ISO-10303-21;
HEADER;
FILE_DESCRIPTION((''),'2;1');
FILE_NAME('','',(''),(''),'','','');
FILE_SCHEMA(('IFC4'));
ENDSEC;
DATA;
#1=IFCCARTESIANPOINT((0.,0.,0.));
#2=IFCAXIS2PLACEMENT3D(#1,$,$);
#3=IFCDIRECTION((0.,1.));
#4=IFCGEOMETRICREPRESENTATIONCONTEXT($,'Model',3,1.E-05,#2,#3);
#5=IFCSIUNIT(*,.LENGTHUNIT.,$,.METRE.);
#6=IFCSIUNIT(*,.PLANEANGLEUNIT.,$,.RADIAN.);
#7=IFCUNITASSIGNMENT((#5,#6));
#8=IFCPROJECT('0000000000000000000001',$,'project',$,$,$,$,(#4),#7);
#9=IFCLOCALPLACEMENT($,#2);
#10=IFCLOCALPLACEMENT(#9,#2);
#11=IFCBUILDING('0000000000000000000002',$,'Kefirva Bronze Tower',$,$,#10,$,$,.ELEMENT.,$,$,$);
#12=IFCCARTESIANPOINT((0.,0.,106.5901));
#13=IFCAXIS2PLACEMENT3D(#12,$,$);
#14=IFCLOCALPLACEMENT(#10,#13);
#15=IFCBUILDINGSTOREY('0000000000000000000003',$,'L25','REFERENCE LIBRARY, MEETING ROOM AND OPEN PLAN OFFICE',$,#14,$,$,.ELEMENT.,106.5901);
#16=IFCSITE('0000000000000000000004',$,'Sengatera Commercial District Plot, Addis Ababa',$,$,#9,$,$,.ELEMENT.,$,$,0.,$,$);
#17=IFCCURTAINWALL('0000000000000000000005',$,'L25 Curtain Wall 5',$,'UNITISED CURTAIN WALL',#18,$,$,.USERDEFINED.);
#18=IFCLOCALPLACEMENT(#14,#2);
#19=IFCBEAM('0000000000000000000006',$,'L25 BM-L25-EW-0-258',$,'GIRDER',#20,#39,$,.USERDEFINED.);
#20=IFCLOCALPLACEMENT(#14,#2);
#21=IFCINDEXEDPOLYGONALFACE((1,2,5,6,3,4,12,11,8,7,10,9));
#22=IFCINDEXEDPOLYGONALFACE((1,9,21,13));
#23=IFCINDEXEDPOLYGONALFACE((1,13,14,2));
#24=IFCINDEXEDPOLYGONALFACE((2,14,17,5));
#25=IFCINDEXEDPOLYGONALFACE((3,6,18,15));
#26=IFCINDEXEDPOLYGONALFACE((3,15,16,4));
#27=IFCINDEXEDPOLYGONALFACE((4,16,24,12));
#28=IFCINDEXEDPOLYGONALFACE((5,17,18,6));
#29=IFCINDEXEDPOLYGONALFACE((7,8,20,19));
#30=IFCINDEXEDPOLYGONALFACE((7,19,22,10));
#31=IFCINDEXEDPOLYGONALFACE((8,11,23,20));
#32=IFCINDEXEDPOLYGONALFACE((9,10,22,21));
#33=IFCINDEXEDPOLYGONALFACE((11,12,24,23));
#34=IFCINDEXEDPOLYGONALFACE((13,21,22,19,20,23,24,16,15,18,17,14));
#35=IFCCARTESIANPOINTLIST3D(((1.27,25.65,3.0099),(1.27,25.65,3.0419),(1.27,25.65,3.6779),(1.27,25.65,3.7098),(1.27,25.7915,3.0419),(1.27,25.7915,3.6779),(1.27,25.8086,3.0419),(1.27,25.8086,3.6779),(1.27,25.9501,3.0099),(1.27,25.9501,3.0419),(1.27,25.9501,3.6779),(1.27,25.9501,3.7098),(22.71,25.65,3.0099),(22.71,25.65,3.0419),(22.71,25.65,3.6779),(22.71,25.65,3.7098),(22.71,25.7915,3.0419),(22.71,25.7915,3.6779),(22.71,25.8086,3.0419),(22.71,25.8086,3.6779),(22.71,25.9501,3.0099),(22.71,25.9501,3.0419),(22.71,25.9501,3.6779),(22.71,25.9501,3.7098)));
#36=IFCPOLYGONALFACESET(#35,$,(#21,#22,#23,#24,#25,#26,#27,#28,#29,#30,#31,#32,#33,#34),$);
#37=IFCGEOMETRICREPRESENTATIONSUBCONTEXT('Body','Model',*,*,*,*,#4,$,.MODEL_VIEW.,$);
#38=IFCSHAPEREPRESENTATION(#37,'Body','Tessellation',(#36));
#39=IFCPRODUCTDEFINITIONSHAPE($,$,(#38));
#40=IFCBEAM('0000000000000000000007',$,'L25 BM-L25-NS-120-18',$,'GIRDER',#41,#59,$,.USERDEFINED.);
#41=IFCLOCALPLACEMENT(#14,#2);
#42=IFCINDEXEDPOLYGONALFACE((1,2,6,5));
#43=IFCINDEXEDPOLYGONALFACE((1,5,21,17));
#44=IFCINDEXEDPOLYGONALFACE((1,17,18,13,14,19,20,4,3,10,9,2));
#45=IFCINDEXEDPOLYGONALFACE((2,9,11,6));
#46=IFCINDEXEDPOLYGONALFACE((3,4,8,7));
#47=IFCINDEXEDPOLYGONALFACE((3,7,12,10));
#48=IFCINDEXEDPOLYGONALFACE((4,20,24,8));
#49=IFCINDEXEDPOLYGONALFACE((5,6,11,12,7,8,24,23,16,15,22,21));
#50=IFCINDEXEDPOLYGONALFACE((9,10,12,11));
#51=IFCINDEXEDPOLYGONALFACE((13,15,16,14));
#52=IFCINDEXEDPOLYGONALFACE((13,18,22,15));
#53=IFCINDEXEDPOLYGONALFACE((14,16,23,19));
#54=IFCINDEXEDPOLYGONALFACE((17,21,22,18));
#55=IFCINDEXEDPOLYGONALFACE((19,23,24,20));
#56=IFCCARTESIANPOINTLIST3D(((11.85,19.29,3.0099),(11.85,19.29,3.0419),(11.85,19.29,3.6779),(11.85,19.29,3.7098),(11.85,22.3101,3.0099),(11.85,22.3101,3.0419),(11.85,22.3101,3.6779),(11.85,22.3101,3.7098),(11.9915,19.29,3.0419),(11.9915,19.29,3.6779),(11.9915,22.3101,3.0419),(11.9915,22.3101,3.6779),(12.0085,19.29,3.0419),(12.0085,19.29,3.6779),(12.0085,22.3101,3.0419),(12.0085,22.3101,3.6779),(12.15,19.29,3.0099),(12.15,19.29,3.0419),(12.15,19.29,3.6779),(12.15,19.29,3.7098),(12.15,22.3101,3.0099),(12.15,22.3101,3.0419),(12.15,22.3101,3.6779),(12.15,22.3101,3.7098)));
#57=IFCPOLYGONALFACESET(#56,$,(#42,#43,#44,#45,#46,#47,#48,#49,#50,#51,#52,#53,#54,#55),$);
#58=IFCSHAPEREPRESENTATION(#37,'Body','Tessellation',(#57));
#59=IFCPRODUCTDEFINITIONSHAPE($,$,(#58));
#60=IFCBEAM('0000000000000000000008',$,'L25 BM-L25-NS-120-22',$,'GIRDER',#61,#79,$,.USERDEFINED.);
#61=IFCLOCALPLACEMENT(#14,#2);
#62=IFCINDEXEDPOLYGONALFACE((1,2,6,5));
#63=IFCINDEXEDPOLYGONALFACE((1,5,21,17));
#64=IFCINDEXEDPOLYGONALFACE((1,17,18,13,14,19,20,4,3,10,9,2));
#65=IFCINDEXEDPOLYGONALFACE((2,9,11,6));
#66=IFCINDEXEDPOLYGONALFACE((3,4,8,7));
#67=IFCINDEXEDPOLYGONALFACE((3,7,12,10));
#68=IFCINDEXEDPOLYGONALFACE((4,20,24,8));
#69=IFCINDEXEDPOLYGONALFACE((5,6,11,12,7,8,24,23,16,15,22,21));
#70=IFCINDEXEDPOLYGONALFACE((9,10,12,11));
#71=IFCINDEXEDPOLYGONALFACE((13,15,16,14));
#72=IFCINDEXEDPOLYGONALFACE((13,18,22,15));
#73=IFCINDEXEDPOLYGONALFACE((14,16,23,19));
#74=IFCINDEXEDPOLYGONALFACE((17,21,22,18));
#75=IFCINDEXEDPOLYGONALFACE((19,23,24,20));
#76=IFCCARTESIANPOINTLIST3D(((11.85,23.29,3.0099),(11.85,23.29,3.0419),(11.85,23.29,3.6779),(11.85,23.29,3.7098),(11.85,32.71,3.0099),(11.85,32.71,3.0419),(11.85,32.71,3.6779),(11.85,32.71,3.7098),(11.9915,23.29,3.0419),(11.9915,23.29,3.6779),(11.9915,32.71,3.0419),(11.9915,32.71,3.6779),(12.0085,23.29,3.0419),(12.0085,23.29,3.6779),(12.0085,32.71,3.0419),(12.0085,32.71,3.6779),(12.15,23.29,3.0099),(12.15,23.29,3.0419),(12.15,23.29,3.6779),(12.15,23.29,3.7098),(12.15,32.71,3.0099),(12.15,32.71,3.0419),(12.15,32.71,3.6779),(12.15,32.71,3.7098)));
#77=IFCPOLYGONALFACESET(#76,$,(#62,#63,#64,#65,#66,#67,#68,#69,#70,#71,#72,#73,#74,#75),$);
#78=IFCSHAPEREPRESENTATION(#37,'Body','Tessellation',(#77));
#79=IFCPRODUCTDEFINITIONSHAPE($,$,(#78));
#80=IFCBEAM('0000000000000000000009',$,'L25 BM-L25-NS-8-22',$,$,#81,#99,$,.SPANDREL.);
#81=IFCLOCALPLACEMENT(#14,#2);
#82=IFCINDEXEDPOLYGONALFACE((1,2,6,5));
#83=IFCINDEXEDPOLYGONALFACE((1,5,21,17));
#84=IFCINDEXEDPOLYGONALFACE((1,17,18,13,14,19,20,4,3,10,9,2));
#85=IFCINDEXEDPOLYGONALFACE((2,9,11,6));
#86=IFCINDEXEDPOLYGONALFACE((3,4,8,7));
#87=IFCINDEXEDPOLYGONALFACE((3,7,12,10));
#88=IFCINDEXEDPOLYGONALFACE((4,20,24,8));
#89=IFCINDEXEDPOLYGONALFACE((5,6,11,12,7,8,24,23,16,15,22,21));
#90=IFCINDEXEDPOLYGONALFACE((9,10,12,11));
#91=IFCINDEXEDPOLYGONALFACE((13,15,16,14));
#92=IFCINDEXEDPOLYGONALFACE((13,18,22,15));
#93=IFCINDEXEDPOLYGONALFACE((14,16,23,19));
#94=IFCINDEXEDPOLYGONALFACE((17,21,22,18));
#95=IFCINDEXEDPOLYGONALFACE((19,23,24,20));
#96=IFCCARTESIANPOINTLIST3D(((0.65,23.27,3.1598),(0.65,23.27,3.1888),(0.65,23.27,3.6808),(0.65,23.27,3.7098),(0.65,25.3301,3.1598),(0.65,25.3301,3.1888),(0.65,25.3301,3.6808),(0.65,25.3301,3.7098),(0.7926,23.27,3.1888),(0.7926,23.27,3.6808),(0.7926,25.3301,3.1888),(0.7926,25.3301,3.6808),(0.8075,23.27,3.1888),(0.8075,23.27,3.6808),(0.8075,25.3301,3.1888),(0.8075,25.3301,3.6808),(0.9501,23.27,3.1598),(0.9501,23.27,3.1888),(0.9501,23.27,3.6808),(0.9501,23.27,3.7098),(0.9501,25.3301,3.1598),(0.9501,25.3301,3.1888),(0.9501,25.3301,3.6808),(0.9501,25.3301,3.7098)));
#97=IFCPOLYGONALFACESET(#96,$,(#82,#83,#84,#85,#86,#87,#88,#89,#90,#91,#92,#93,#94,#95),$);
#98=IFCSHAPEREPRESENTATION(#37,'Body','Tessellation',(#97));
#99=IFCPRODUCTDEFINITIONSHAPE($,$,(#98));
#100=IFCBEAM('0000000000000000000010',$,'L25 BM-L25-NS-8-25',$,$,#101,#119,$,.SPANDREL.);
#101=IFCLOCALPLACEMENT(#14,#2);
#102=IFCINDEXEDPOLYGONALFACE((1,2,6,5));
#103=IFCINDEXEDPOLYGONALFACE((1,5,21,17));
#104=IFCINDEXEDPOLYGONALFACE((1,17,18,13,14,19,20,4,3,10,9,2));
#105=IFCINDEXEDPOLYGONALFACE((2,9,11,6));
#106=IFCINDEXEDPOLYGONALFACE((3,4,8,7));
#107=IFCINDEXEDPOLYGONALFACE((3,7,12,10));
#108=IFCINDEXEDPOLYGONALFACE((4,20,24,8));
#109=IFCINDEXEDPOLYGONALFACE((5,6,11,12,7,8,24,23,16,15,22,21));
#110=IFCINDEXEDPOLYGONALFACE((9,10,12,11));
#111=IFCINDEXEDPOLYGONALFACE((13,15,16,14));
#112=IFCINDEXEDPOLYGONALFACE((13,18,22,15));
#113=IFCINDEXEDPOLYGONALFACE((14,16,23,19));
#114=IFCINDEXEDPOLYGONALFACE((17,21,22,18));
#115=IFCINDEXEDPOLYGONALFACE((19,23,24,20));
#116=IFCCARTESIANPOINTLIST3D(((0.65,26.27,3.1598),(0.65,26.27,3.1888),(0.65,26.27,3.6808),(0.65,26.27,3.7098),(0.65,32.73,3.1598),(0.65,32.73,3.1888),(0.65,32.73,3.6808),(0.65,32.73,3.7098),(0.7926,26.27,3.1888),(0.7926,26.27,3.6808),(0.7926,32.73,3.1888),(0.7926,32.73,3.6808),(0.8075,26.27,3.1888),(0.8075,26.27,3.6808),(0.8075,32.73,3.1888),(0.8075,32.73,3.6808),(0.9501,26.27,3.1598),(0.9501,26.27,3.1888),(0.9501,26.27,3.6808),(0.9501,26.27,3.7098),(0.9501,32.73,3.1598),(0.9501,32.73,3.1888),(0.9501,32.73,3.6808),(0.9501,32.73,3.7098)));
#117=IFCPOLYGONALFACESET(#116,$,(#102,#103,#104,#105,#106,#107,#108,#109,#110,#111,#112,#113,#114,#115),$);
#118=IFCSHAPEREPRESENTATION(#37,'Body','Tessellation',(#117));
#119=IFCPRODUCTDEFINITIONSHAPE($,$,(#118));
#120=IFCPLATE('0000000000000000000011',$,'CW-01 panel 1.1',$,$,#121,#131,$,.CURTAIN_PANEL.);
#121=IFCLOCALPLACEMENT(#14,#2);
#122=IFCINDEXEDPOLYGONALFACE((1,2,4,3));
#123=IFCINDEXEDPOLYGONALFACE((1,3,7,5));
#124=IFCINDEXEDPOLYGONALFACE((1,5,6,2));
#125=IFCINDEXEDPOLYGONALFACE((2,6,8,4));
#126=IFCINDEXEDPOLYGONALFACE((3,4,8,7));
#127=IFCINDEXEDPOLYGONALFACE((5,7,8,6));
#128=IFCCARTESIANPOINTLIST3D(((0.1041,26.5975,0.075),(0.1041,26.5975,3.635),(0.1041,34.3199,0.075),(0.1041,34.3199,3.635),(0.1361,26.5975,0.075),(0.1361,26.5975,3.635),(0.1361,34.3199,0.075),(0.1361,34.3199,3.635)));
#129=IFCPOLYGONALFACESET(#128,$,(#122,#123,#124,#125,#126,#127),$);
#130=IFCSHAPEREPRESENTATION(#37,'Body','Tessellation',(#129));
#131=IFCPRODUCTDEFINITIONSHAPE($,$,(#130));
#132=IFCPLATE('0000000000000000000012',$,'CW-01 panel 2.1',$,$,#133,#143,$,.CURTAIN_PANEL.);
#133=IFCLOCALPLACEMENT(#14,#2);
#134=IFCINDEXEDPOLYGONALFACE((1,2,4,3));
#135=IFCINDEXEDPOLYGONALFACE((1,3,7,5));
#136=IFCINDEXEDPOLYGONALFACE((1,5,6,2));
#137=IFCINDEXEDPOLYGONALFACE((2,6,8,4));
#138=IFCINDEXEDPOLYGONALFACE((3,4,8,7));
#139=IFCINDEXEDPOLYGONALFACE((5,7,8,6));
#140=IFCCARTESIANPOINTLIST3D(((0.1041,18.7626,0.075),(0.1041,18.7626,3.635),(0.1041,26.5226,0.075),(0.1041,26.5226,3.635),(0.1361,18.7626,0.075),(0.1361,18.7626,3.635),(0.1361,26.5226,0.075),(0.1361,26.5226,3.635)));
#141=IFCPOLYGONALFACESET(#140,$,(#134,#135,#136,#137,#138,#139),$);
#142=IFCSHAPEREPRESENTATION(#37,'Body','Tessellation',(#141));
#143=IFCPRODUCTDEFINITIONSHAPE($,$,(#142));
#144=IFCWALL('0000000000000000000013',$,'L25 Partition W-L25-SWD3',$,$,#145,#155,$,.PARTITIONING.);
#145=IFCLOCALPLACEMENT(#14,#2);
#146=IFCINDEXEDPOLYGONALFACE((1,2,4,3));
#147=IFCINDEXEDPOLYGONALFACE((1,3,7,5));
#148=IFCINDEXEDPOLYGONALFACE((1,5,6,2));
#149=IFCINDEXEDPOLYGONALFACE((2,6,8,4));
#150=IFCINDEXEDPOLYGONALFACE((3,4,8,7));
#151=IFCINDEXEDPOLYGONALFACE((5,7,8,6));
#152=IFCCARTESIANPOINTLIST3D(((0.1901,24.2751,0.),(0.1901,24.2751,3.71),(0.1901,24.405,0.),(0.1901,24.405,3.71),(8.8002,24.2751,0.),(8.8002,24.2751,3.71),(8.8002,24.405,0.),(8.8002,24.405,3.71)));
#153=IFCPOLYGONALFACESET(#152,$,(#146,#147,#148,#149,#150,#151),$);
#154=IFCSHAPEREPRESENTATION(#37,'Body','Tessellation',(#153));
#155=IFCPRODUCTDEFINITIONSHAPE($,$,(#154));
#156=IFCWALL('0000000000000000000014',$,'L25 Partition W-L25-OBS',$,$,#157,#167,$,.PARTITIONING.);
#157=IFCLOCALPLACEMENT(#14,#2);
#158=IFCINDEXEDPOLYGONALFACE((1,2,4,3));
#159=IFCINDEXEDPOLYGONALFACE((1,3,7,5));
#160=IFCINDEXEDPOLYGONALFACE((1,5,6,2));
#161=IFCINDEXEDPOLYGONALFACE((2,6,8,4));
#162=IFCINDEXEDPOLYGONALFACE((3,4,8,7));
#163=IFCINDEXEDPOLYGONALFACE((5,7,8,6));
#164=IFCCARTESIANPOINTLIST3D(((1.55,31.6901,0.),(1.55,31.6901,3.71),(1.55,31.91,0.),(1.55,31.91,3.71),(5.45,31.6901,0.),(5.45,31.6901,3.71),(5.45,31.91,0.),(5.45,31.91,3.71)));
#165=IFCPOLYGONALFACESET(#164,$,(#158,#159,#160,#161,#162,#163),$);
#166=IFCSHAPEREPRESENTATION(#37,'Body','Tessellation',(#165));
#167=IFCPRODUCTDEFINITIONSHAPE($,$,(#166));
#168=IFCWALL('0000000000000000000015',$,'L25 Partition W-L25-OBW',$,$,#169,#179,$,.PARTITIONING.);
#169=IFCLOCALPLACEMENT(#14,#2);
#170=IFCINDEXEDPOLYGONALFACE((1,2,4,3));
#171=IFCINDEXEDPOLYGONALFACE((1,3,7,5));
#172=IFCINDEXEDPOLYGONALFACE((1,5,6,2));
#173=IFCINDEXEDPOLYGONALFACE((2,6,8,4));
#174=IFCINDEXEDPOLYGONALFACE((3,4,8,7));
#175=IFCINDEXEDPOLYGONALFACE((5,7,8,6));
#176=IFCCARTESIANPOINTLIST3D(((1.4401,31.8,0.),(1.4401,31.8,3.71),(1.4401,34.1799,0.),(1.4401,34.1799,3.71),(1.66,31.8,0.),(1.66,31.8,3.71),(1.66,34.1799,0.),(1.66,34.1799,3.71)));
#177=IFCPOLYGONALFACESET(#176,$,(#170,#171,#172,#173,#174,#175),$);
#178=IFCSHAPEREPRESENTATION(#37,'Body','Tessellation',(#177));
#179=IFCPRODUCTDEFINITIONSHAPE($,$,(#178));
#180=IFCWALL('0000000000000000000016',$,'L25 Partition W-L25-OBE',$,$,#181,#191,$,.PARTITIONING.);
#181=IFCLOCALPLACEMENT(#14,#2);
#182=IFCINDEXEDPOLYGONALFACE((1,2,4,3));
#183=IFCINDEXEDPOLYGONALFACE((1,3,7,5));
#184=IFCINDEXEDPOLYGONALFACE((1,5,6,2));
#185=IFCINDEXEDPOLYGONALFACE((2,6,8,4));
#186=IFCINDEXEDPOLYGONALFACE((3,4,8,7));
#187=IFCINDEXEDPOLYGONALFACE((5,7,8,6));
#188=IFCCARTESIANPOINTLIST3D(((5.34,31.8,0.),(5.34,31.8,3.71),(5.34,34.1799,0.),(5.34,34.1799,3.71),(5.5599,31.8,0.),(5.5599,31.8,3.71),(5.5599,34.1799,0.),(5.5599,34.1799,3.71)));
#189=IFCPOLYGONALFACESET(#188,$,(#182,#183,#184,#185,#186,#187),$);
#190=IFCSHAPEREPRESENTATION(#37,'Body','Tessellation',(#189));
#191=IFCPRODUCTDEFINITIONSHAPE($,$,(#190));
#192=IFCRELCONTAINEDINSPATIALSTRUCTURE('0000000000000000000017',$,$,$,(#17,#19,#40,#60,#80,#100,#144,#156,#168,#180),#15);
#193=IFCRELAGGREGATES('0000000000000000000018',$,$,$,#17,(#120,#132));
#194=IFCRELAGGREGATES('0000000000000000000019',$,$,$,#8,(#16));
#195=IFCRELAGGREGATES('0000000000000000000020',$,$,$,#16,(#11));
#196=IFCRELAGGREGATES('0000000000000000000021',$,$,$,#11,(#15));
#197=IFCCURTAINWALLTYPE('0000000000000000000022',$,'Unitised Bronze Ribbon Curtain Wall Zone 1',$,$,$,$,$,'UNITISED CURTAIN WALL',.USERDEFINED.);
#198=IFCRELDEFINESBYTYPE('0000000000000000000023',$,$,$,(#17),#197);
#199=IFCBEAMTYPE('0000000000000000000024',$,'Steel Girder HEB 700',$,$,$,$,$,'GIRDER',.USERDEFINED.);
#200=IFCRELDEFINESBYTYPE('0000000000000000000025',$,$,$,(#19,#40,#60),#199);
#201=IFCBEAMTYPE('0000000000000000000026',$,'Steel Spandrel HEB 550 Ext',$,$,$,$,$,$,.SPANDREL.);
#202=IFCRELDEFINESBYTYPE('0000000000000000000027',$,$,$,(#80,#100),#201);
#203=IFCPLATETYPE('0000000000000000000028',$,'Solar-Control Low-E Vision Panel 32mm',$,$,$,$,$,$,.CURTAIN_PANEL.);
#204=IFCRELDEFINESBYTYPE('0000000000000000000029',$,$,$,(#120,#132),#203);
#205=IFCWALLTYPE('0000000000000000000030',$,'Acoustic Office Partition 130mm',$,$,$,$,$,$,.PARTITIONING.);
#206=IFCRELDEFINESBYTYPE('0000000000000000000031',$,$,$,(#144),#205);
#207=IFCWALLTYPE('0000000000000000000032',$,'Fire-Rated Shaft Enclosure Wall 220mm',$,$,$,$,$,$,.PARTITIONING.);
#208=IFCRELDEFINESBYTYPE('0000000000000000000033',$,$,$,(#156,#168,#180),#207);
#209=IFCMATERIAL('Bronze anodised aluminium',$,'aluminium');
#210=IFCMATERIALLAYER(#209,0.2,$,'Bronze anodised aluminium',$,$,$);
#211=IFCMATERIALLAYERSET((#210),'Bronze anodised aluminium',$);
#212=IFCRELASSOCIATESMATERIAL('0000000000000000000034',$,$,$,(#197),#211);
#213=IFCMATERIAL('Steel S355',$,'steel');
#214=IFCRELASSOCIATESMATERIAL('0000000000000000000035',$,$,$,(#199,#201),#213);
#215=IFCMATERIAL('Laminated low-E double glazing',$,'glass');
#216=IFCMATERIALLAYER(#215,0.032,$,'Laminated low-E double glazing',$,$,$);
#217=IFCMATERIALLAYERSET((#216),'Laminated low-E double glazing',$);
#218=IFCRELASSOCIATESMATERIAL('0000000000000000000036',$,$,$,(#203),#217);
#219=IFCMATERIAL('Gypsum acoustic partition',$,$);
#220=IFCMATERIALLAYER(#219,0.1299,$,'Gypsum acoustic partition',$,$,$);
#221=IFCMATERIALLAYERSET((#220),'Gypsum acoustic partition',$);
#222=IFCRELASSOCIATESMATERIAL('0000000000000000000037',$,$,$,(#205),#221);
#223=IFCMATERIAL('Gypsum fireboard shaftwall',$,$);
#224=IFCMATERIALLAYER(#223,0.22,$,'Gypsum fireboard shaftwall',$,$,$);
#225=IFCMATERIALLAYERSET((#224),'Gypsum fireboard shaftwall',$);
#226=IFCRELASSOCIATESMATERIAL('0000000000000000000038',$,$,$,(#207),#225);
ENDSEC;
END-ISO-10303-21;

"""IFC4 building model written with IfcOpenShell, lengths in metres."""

from ifc_helpers import new_model, si_unit, direction, frame, frame_2d, origin, origin_2d, place, context, subcontext, project, spatial, rectangle, i_section, extrude, material, layer, layer_set, material_profile, profile_set, type_object, element, aggregate, save


model = new_model("IFC4")

# Units and contexts
model_context = context("Model", 3, precision=1e-05, world=origin(), true_north=direction((0.0, 1.0)))
body_context = subcontext(model_context, "Body", "Model", "MODEL_VIEW")
ifc_project = project(units=[si_unit("LENGTHUNIT", "METRE"), si_unit("PLANEANGLEUNIT", "RADIAN")], contexts=[model_context])

# Site, building, storey
site_placement = place(None, origin())
site = spatial("IfcSite", under=ifc_project, at=site_placement, Name="Sengatera Commercial District Plot, Addis Ababa", CompositionType="ELEMENT", RefElevation=0.0)
building_placement = place(site_placement, origin())
building = spatial("IfcBuilding", under=site, at=building_placement, Name="Kefirva Bronze Tower", CompositionType="ELEMENT")
storey_placement = place(building_placement, frame((0.0, 0.0, 106.5901)))
storey = spatial("IfcBuildingStorey", under=building, at=storey_placement, Name="L25", Description="REFERENCE LIBRARY, MEETING ROOM AND OPEN PLAN OFFICE", CompositionType="ELEMENT", Elevation=106.5901)

# Curtain wall
ifc_material_1 = material(Name="Bronze anodised aluminium", Category="aluminium")
ifc_layer_1 = layer(ifc_material_1, 0.2, Name="Bronze anodised aluminium")
ifc_layer_set_1 = layer_set([ifc_layer_1], Name="Bronze anodised aluminium")
curtain_wall_type = type_object("IfcCurtainWallType", Name="Unitised Bronze Ribbon Curtain Wall Zone 1", ElementType="UNITISED CURTAIN WALL", PredefinedType="USERDEFINED", material=ifc_layer_set_1)
curtain_wall_placement = place(storey_placement, origin())
curtain_wall = element("IfcCurtainWall", 1, at=curtain_wall_placement, inside=storey, type_object=curtain_wall_type, Name="L25 Curtain Wall 5", ObjectType="UNITISED CURTAIN WALL", PredefinedType="USERDEFINED")

# Beams
ifc_material_2 = material(Name="Steel S355", Category="steel")
ifc_material_profile_1 = material_profile(ifc_material_2, i_section(OverallWidth=0.3, OverallDepth=0.7, WebThickness=0.0171, FlangeThickness=0.032, at=origin_2d()), Name="HEB 700")
ifc_profile_set_1 = profile_set([ifc_material_profile_1], Name="Steel S355")
beam_type_1 = type_object("IfcBeamType", Name="Steel Girder HEB 700", ElementType="GIRDER", PredefinedType="USERDEFINED", material=ifc_profile_set_1)
beam_1_placement = place(storey_placement, frame((1.27, 25.8, 3.3599), z_axis=(1.0, 0.0, 0.0), x_axis=(0.0, 1.0, 0.0)))
element("IfcBeam", 2, at=beam_1_placement, inside=storey, type_object=beam_type_1, Name="L25 BM-L25-EW-0-258", ObjectType="GIRDER", PredefinedType="USERDEFINED", context=body_context, shape_type="SweptSolid", body=[
    extrude(i_section(OverallWidth=0.3, OverallDepth=0.7, WebThickness=0.0171, FlangeThickness=0.032, at=origin_2d()), origin(), (0.0, 0.0, 1.0), 21.4399),
])
beam_2_placement = place(storey_placement, frame((12.0, 19.29, 3.3599), z_axis=(0.0, 1.0, 0.0), x_axis=(-1.0, 0.0, 0.0)))
element("IfcBeam", 3, at=beam_2_placement, inside=storey, type_object=beam_type_1, Name="L25 BM-L25-NS-120-18", ObjectType="GIRDER", PredefinedType="USERDEFINED", context=body_context, shape_type="SweptSolid", body=[
    extrude(i_section(OverallWidth=0.3, OverallDepth=0.7, WebThickness=0.0171, FlangeThickness=0.032, at=origin_2d()), origin(), (0.0, 0.0, 1.0), 3.02),
])
beam_3_placement = place(storey_placement, frame((12.0, 23.29, 3.3599), z_axis=(0.0, 1.0, 0.0), x_axis=(-1.0, 0.0, 0.0)))
element("IfcBeam", 4, at=beam_3_placement, inside=storey, type_object=beam_type_1, Name="L25 BM-L25-NS-120-22", ObjectType="GIRDER", PredefinedType="USERDEFINED", context=body_context, shape_type="SweptSolid", body=[
    extrude(i_section(OverallWidth=0.3, OverallDepth=0.7, WebThickness=0.0171, FlangeThickness=0.032, at=origin_2d()), origin(), (0.0, 0.0, 1.0), 9.4199),
])
ifc_material_profile_2 = material_profile(ifc_material_2, i_section(OverallWidth=0.3, OverallDepth=0.55, WebThickness=0.0149, FlangeThickness=0.0291, at=origin_2d()), Name="HEB 550")
ifc_profile_set_2 = profile_set([ifc_material_profile_2], Name="Steel S355")
beam_type_2 = type_object("IfcBeamType", Name="Steel Spandrel HEB 550 Ext", PredefinedType="SPANDREL", material=ifc_profile_set_2)
beam_4_placement = place(storey_placement, frame((0.8, 23.27, 3.4348), z_axis=(0.0, 1.0, 0.0), x_axis=(-1.0, 0.0, 0.0)))
element("IfcBeam", 5, at=beam_4_placement, inside=storey, type_object=beam_type_2, Name="L25 BM-L25-NS-8-22", PredefinedType="SPANDREL", context=body_context, shape_type="SweptSolid", body=[
    extrude(i_section(OverallWidth=0.3, OverallDepth=0.55, WebThickness=0.0149, FlangeThickness=0.0291, at=origin_2d()), origin(), (0.0, 0.0, 1.0), 2.0601),
])
beam_5_placement = place(storey_placement, frame((0.8, 26.27, 3.4348), z_axis=(0.0, 1.0, 0.0), x_axis=(-1.0, 0.0, 0.0)))
element("IfcBeam", 6, at=beam_5_placement, inside=storey, type_object=beam_type_2, Name="L25 BM-L25-NS-8-25", PredefinedType="SPANDREL", context=body_context, shape_type="SweptSolid", body=[
    extrude(i_section(OverallWidth=0.3, OverallDepth=0.55, WebThickness=0.0149, FlangeThickness=0.0291, at=origin_2d()), origin(), (0.0, 0.0, 1.0), 6.46),
])

# Plates
ifc_material_3 = material(Name="Laminated low-E double glazing", Category="glass")
ifc_layer_2 = layer(ifc_material_3, 0.032, Name="Laminated low-E double glazing")
ifc_layer_set_2 = layer_set([ifc_layer_2], Name="Laminated low-E double glazing")
plate_type = type_object("IfcPlateType", Name="Solar-Control Low-E Vision Panel 32mm", PredefinedType="CURTAIN_PANEL", material=ifc_layer_set_2)
plate_1_placement = place(storey_placement, frame((0.1201, 30.4587, 0.075), z_axis=(0.0, 0.0, 1.0), x_axis=(0.0, -1.0, 0.0)))
plate_1 = element("IfcPlate", 7, at=plate_1_placement, type_object=plate_type, Name="CW-01 panel 1.1", PredefinedType="CURTAIN_PANEL", context=body_context, shape_type="SweptSolid", body=[
    extrude(rectangle(XDim=7.7224, YDim=0.032, at=origin_2d()), origin(), (0.0, 0.0, 1.0), 3.5601),
])
plate_2_placement = place(storey_placement, frame((0.1201, 22.6426, 0.075), z_axis=(0.0, 0.0, 1.0), x_axis=(0.0, -1.0, 0.0)))
plate_2 = element("IfcPlate", 8, at=plate_2_placement, type_object=plate_type, Name="CW-01 panel 2.1", PredefinedType="CURTAIN_PANEL", context=body_context, shape_type="SweptSolid", body=[
    extrude(rectangle(XDim=7.76, YDim=0.032, at=origin_2d()), origin(), (0.0, 0.0, 1.0), 3.5601),
])
aggregate(curtain_wall, [plate_1, plate_2])

# Walls
ifc_material_4 = material(Name="Gypsum acoustic partition")
ifc_layer_3 = layer(ifc_material_4, 0.1299, Name="Gypsum acoustic partition")
ifc_layer_set_3 = layer_set([ifc_layer_3], Name="Gypsum acoustic partition")
wall_type_1 = type_object("IfcWallType", Name="Acoustic Office Partition 130mm", PredefinedType="PARTITIONING", material=ifc_layer_set_3)
wall_1_placement = place(storey_placement, frame((0.1899, 24.3401, 0.0), z_axis=(0.0, 0.0, 1.0), x_axis=(1.0, 0.0, 0.0)))
element("IfcWall", 9, at=wall_1_placement, inside=storey, type_object=wall_type_1, Name="L25 Partition W-L25-SWD3", PredefinedType="PARTITIONING", context=body_context, shape_type="SweptSolid", body=[
    extrude(rectangle(XDim=8.6101, YDim=0.1299, at=frame_2d((4.3052, 0.0))), origin(), (0.0, 0.0, 1.0), 3.71),
])
ifc_material_5 = material(Name="Gypsum fireboard shaftwall")
ifc_layer_4 = layer(ifc_material_5, 0.22, Name="Gypsum fireboard shaftwall")
ifc_layer_set_4 = layer_set([ifc_layer_4], Name="Gypsum fireboard shaftwall")
wall_type_2 = type_object("IfcWallType", Name="Fire-Rated Shaft Enclosure Wall 220mm", PredefinedType="PARTITIONING", material=ifc_layer_set_4)
wall_2_placement = place(storey_placement, frame((1.55, 31.8, 0.0), z_axis=(0.0, 0.0, 1.0), x_axis=(1.0, 0.0, 0.0)))
element("IfcWall", 10, at=wall_2_placement, inside=storey, type_object=wall_type_2, Name="L25 Partition W-L25-OBS", PredefinedType="PARTITIONING", context=body_context, shape_type="SweptSolid", body=[
    extrude(rectangle(XDim=3.8999, YDim=0.22, at=frame_2d((1.95, 0.0))), origin(), (0.0, 0.0, 1.0), 3.71),
])
for number, where, z_axis, x_axis, name in (
    (11, (1.55, 31.8, 0.0), (0.0, 0.0, 1.0), (0.0, 1.0, 0.0), "L25 Partition W-L25-OBW"),
    (12, (5.45, 31.8, 0.0), (0.0, 0.0, 1.0), (0.0, 1.0, 0.0), "L25 Partition W-L25-OBE"),
):
    element("IfcWall", number, at=place(storey_placement, frame(where, z_axis=z_axis, x_axis=x_axis)), inside=storey, type_object=wall_type_2, Name=name, PredefinedType="PARTITIONING", context=body_context, shape_type="SweptSolid", body=[
        extrude(rectangle(XDim=2.3799, YDim=0.22, at=frame_2d((1.1899, 0.0))), origin(), (0.0, 0.0, 1.0), 3.71),
    ])

save(model, "model.ifc")
